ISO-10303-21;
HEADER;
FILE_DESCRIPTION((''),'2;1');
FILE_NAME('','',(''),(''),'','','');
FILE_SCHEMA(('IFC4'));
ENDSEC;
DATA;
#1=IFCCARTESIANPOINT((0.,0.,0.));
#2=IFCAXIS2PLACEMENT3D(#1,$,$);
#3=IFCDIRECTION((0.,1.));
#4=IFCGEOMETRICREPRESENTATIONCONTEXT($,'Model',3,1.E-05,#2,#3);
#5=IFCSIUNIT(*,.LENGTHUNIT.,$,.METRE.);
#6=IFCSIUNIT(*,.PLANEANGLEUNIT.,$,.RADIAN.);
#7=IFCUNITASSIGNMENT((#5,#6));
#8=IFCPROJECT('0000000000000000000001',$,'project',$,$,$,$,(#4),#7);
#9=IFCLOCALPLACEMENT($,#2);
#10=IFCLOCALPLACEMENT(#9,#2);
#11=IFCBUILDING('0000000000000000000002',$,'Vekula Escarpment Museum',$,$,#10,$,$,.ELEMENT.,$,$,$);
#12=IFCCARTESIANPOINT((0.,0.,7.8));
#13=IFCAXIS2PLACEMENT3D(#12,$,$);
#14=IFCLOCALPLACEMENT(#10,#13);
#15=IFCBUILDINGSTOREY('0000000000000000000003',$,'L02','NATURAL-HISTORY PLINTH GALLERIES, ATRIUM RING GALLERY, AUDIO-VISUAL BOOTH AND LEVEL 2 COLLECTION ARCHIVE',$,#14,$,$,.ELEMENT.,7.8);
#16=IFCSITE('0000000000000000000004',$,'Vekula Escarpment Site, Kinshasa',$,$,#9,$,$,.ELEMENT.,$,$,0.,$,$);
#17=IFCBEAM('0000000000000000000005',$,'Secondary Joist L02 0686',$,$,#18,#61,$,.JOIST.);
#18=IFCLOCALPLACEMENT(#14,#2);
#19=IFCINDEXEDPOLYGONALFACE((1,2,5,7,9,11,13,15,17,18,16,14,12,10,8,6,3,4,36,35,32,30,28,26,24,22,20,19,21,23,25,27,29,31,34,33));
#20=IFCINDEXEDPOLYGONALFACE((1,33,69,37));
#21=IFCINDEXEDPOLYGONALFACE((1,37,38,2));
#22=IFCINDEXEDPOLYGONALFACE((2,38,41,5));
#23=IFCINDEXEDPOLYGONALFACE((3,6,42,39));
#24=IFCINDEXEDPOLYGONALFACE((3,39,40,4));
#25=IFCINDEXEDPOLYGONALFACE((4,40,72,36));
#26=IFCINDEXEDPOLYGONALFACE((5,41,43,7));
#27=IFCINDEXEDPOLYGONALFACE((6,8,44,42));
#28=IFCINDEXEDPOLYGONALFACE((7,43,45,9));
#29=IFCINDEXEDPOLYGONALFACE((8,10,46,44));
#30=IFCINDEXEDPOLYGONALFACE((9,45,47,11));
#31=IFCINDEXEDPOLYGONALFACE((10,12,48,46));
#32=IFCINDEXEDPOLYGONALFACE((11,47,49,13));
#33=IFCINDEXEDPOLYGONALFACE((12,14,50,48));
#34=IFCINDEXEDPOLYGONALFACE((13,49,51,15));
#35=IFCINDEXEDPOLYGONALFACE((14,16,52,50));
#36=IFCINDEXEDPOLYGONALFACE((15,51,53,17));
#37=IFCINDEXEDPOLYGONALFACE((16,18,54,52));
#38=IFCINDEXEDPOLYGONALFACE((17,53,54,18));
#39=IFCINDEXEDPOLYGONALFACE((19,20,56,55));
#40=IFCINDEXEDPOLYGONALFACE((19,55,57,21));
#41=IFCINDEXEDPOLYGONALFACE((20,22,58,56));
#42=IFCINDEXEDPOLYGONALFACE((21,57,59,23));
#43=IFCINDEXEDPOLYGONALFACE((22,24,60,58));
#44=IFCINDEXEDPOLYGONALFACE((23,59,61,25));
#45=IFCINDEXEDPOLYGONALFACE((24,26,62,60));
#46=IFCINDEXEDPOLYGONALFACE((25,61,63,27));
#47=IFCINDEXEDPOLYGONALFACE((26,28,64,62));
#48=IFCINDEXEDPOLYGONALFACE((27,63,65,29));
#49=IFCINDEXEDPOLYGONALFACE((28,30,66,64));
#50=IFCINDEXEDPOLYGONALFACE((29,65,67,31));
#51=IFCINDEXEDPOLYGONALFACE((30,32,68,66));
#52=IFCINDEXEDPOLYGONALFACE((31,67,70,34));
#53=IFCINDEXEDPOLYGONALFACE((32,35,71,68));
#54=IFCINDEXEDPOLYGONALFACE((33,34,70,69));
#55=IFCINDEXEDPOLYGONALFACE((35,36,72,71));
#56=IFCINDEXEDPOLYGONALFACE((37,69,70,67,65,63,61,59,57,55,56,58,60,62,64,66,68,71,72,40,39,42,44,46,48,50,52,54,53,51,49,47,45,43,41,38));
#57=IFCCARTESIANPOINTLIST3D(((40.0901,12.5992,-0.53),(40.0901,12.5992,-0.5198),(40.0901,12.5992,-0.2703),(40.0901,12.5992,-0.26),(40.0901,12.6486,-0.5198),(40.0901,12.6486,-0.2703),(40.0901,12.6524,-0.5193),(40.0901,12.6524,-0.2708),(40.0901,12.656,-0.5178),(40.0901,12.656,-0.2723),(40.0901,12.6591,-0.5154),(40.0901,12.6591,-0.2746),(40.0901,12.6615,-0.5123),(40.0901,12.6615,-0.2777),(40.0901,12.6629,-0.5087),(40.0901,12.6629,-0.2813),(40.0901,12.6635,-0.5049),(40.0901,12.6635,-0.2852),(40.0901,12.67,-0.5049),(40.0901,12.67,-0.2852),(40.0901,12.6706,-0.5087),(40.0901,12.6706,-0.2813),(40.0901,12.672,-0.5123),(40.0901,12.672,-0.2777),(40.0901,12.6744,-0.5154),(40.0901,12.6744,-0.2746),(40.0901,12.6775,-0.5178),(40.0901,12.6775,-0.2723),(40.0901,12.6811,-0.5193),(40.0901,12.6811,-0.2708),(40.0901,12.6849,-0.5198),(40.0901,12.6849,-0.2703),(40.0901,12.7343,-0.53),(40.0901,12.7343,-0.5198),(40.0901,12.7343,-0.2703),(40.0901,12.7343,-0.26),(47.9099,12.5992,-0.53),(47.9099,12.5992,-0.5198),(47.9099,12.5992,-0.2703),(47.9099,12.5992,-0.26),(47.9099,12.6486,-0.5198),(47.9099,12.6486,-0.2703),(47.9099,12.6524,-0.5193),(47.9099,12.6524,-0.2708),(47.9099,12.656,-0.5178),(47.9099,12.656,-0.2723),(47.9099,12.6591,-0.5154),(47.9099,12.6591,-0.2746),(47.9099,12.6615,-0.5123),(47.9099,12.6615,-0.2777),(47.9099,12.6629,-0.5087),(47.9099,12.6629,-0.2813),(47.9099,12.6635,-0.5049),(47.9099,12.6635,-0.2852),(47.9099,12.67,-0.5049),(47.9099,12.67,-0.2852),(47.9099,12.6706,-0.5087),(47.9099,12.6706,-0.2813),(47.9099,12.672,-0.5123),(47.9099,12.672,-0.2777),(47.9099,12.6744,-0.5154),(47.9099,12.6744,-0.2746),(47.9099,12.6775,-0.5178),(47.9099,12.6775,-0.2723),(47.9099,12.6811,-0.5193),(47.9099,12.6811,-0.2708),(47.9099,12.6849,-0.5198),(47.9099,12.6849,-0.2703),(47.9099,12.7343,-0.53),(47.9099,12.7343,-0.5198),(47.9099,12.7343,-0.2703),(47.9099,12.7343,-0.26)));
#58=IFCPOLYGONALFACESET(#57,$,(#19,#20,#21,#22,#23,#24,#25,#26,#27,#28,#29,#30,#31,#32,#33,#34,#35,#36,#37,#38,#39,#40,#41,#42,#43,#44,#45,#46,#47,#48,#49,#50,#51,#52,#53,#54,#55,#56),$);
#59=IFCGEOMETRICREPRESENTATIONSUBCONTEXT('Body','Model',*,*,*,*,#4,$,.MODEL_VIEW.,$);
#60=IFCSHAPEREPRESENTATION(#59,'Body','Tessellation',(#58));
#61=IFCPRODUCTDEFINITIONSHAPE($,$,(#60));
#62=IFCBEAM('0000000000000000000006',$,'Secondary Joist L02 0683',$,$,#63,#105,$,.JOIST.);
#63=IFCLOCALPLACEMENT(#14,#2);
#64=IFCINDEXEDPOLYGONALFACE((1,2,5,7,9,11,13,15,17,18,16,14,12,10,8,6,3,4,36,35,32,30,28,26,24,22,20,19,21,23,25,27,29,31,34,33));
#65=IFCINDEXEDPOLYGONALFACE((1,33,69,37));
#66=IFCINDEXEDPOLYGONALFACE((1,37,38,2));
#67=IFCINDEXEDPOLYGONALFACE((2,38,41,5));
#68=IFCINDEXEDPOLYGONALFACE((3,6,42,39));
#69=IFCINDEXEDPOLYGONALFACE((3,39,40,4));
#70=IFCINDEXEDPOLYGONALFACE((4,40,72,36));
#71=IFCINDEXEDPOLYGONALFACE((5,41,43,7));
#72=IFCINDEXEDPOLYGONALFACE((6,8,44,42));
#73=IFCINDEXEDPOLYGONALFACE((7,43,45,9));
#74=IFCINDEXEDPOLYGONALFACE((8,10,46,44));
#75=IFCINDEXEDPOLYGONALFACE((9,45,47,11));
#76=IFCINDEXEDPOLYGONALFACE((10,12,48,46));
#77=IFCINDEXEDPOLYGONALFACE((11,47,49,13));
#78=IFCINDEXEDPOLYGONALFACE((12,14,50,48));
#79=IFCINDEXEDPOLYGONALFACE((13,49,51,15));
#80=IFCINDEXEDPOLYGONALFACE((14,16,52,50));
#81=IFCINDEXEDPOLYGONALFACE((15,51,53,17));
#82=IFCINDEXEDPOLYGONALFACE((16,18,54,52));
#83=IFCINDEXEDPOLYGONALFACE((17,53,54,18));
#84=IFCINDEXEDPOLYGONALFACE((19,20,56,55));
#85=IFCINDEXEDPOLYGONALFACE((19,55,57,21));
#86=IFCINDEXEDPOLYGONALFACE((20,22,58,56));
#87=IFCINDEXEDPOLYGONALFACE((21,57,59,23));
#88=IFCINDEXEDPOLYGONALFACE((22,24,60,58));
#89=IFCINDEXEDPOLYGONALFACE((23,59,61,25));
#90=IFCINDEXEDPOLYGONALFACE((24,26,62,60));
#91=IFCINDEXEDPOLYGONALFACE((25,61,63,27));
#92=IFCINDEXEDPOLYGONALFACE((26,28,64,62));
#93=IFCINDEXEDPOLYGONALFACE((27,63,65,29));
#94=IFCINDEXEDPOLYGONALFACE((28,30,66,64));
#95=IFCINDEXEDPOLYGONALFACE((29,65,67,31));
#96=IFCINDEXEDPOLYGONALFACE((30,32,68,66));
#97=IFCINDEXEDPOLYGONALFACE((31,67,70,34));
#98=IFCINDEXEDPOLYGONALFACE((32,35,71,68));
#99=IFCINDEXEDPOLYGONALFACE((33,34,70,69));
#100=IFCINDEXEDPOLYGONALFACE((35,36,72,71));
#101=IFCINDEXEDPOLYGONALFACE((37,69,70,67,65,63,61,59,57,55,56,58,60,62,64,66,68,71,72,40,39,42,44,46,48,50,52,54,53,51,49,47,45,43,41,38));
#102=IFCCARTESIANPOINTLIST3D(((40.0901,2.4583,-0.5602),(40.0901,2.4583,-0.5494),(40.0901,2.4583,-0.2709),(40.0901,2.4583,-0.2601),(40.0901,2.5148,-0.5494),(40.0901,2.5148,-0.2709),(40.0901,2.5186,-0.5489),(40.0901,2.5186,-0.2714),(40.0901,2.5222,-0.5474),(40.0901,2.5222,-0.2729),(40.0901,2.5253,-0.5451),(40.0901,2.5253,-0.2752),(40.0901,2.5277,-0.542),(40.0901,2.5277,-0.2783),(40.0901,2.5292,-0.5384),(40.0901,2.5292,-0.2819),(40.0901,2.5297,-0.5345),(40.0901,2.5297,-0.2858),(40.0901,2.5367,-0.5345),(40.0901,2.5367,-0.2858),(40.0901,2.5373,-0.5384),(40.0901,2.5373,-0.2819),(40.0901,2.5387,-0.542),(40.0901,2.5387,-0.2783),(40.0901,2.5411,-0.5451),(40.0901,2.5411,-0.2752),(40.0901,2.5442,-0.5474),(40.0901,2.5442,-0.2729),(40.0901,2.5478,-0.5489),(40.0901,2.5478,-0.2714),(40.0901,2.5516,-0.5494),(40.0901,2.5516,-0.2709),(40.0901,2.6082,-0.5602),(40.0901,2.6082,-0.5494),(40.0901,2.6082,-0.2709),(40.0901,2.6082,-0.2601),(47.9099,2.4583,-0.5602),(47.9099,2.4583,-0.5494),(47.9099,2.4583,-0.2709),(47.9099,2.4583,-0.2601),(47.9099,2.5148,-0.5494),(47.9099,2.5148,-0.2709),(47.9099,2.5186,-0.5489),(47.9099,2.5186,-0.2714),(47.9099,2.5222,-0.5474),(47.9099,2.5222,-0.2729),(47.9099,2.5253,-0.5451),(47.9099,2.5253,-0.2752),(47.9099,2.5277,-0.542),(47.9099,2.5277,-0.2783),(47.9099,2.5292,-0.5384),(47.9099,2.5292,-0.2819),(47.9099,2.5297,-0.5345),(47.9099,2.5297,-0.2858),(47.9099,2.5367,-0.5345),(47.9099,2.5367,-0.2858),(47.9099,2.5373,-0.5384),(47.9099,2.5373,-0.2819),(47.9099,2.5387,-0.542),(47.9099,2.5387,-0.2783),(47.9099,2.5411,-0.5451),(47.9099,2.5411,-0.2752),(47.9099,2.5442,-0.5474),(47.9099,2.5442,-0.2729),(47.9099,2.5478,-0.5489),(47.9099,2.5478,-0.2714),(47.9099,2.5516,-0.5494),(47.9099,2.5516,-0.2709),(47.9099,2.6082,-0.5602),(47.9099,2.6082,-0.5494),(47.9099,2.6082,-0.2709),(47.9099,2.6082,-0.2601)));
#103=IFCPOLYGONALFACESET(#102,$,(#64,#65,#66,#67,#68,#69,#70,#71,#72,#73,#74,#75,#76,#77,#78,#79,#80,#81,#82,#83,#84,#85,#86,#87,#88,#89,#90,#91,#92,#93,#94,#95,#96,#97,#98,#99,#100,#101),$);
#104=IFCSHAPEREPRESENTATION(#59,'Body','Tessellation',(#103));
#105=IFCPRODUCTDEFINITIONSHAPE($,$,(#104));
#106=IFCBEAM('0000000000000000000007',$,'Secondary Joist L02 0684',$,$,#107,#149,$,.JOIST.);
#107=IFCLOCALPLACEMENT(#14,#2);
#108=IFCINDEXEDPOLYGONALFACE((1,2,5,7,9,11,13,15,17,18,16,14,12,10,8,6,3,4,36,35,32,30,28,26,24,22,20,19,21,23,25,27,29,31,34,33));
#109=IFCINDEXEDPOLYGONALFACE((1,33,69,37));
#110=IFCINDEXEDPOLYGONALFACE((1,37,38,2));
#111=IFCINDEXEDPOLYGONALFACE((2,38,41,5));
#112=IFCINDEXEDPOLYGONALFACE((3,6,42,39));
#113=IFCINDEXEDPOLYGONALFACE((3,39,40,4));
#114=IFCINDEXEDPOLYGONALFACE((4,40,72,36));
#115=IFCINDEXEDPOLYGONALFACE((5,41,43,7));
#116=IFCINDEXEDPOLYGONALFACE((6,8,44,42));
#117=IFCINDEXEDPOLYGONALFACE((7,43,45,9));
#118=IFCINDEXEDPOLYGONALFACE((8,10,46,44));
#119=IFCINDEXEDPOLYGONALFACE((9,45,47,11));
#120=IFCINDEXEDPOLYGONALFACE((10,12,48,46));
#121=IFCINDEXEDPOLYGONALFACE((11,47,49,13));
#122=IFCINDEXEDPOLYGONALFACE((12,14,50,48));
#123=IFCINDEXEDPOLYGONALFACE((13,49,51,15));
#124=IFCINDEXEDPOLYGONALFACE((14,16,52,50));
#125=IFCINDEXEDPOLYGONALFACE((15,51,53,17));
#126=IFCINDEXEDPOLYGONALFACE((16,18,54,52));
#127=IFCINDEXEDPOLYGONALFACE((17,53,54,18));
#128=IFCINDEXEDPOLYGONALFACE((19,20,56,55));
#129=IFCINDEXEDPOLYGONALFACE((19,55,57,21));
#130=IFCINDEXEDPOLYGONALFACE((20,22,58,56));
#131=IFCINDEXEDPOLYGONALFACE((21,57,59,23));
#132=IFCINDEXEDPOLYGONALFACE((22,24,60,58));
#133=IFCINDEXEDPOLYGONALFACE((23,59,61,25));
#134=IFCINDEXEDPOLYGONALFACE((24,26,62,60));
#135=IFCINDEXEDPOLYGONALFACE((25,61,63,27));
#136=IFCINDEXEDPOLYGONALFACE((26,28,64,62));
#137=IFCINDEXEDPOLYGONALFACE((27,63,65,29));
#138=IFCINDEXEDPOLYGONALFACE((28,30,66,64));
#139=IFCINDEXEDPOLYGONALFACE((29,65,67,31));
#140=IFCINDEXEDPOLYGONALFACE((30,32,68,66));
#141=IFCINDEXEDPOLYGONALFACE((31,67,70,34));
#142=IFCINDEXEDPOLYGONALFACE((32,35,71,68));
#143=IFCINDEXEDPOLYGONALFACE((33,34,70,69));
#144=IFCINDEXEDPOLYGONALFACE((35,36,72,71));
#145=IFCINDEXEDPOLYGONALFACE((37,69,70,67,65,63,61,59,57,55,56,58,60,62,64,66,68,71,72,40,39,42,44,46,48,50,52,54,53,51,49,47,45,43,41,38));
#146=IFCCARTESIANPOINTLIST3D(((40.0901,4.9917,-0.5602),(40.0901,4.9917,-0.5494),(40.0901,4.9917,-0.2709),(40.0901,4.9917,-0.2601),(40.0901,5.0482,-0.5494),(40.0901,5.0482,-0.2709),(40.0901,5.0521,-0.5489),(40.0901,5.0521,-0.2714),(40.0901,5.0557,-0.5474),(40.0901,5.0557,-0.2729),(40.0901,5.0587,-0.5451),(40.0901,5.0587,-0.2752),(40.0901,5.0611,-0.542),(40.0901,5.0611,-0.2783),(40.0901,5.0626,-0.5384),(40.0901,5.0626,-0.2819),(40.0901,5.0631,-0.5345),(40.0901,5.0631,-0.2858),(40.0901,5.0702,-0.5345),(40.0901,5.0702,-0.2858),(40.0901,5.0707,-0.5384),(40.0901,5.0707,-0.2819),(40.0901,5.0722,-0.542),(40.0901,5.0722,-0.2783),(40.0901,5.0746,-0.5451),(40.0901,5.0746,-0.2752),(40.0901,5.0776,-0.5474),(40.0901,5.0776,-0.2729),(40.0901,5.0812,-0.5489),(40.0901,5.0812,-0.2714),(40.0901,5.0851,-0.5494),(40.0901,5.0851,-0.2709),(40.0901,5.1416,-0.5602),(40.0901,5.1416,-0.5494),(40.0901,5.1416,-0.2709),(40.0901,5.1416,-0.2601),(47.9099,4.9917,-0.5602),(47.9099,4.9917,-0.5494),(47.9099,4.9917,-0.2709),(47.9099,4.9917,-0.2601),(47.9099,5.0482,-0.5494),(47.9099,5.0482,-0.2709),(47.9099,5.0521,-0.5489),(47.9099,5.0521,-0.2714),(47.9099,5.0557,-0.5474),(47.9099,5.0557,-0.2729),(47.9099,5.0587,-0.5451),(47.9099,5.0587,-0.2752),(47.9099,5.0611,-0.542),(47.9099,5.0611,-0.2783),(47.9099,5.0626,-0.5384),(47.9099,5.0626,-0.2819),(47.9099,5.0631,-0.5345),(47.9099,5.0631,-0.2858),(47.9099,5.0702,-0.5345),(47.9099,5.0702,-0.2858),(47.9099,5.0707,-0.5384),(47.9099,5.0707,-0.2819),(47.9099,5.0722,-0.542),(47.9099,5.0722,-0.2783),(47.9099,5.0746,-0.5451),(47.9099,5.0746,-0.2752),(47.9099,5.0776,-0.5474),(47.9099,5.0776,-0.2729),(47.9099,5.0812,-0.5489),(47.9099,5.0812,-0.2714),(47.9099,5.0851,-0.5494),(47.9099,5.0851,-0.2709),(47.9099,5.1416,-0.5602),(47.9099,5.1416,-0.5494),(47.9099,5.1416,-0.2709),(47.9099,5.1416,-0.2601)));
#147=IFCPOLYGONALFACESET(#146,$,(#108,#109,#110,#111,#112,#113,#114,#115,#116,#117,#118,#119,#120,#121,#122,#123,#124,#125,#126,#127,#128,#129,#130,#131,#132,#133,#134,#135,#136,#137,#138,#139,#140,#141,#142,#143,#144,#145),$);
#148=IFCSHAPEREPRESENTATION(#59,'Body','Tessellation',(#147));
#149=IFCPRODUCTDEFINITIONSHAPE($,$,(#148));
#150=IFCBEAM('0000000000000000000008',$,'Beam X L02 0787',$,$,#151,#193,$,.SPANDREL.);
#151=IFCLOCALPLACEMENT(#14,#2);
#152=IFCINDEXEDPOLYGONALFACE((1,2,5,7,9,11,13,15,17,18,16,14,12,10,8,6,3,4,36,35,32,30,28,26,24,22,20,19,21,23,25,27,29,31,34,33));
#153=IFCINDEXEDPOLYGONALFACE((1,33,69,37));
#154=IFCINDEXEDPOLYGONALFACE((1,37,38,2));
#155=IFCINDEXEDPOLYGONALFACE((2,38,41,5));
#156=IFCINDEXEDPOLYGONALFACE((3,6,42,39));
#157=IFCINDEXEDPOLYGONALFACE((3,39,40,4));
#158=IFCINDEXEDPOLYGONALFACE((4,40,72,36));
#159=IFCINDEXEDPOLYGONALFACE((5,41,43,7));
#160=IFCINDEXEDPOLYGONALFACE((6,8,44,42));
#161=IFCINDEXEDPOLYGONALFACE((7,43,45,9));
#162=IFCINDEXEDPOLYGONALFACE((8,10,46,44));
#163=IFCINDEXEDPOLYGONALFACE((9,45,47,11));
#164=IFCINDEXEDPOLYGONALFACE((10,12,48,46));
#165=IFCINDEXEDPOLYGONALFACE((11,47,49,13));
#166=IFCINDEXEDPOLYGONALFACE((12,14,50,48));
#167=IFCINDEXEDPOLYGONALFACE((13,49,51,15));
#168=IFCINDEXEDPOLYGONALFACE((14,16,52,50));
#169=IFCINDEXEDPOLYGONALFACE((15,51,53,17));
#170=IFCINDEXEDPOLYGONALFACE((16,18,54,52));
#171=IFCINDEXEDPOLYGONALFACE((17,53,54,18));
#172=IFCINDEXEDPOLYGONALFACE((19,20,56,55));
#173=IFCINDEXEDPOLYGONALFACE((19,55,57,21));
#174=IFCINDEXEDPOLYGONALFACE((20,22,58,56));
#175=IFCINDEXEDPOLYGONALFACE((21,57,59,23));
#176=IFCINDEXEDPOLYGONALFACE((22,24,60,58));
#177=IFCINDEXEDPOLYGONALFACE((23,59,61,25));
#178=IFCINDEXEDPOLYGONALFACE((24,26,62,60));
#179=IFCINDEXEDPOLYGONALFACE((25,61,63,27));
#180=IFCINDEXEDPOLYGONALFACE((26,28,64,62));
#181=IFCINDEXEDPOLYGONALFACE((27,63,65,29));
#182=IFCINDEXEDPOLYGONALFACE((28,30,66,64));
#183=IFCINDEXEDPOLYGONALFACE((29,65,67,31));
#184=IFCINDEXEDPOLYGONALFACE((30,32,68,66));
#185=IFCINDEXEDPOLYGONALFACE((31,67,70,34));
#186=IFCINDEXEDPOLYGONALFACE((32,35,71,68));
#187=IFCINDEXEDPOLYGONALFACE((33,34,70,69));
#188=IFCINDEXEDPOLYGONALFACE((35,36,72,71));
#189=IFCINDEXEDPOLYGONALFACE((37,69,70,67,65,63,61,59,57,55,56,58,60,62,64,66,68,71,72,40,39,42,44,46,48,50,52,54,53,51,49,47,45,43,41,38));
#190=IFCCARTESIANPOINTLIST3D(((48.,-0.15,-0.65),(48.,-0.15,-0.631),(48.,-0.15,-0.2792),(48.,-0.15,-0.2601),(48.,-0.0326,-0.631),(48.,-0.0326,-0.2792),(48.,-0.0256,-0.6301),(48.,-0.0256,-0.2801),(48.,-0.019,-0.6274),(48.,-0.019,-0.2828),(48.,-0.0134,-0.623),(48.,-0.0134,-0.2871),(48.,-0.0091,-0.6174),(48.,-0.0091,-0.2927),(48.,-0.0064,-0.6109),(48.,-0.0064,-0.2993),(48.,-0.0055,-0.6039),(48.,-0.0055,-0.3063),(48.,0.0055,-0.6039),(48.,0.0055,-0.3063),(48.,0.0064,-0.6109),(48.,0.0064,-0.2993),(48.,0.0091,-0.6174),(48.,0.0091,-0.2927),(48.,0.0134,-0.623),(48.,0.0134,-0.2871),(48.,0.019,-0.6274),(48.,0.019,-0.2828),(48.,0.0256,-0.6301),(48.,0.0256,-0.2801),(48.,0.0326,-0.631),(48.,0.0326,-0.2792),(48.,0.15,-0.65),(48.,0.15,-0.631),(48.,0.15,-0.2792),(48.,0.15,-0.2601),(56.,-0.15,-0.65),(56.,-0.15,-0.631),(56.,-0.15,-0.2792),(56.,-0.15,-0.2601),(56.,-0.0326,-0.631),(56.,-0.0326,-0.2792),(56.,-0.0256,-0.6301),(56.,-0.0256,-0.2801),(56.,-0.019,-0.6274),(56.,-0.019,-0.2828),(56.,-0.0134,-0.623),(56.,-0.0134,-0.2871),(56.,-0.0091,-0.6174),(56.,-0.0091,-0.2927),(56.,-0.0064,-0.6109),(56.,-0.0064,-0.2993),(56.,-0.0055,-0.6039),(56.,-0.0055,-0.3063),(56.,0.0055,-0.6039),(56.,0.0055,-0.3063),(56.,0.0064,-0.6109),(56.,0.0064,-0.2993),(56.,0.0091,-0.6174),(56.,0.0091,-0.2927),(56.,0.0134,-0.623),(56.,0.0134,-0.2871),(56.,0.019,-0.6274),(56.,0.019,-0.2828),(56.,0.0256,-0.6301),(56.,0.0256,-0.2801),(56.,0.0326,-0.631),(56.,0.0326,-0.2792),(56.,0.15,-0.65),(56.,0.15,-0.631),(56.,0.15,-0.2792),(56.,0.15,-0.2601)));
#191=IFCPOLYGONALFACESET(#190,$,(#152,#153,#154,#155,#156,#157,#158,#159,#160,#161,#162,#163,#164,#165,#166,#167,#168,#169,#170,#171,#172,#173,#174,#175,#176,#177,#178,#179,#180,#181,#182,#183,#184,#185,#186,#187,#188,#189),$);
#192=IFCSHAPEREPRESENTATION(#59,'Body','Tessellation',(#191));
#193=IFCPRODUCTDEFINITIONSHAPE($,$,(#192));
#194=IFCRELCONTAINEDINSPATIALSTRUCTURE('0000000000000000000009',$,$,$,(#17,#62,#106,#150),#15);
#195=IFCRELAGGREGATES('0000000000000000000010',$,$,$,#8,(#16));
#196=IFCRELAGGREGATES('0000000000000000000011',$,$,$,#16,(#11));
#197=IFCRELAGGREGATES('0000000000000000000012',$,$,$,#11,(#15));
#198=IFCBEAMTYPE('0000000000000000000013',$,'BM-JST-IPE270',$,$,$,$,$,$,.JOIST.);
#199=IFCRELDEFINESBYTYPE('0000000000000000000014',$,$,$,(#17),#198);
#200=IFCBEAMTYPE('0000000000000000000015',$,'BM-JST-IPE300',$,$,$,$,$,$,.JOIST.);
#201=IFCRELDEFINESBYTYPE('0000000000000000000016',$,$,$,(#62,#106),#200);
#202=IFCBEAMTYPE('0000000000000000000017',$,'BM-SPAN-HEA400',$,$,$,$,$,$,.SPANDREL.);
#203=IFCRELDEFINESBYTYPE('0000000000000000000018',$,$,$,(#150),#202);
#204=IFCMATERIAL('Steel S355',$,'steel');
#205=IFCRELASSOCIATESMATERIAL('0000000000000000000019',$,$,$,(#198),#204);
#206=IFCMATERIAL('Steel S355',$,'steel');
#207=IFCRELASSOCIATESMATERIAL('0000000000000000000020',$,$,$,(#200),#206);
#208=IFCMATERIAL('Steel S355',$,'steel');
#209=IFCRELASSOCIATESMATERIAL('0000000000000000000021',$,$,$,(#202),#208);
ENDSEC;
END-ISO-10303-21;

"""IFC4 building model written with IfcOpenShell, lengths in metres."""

from ifc_helpers import new_model, si_unit, direction, frame, origin, origin_2d, place, context, subcontext, project, spatial, i_section, extrude, material, material_profile, profile_set, type_object, element, save


model = new_model("IFC4")

# Units and contexts
model_context = context("Model", 3, precision=1e-05, world=origin(), true_north=direction((0.0, 1.0)))
body_context = subcontext(model_context, "Body", "Model", "MODEL_VIEW")
ifc_project = project(units=[si_unit("LENGTHUNIT", "METRE"), si_unit("PLANEANGLEUNIT", "RADIAN")], contexts=[model_context])

# Site, building, storey
site_placement = place(None, origin())
site = spatial("IfcSite", under=ifc_project, at=site_placement, Name="Vekula Escarpment Site, Kinshasa", CompositionType="ELEMENT", RefElevation=0.0)
building_placement = place(site_placement, origin())
building = spatial("IfcBuilding", under=site, at=building_placement, Name="Vekula Escarpment Museum", CompositionType="ELEMENT")
storey_placement = place(building_placement, frame((0.0, 0.0, 7.8)))
storey = spatial("IfcBuildingStorey", under=building, at=storey_placement, Name="L02", Description="NATURAL-HISTORY PLINTH GALLERIES, ATRIUM RING GALLERY, AUDIO-VISUAL BOOTH AND LEVEL 2 COLLECTION ARCHIVE", CompositionType="ELEMENT", Elevation=7.8)

# Beams
ifc_material_1 = material(Name="Steel S355", Category="steel")
ifc_material_profile_1 = material_profile(ifc_material_1, i_section(OverallWidth=0.135, OverallDepth=0.27, WebThickness=0.0066, FlangeThickness=0.0103, FilletRadius=0.0149, at=origin_2d()), Name="IPE 270")
ifc_profile_set_1 = profile_set([ifc_material_profile_1], Name="Steel S355")
beam_type_1 = type_object("IfcBeamType", Name="BM-JST-IPE270", PredefinedType="JOIST", material=ifc_profile_set_1)
for number, where, z_axis, x_axis, name in (
    (1, (40.0901, 12.6667, -0.395), (1.0, 0.0, 0.0), (0.0, 1.0, 0.0), "Secondary Joist L02 0686"),
):
    element("IfcBeam", number, at=place(storey_placement, frame(where, z_axis=z_axis, x_axis=x_axis)), inside=storey, type_object=beam_type_1, Name=name, PredefinedType="JOIST", context=body_context, shape_type="SweptSolid", body=[
        extrude(i_section(OverallWidth=0.135, OverallDepth=0.27, WebThickness=0.0066, FlangeThickness=0.0103, FilletRadius=0.0149, at=origin_2d()), origin(), (0.0, 0.0, 1.0), 7.8198),
    ])
ifc_material_2 = material(Name="Steel S355", Category="steel")
ifc_material_profile_2 = material_profile(ifc_material_2, i_section(OverallWidth=0.1499, OverallDepth=0.3, WebThickness=0.0071, FlangeThickness=0.0107, FilletRadius=0.0149, at=origin_2d()), Name="IPE 300")
ifc_profile_set_2 = profile_set([ifc_material_profile_2], Name="Steel S355")
beam_type_2 = type_object("IfcBeamType", Name="BM-JST-IPE300", PredefinedType="JOIST", material=ifc_profile_set_2)
for number, where, z_axis, x_axis, name in (
    (2, (40.0901, 2.5332, -0.4102), (1.0, 0.0, 0.0), (0.0, 1.0, 0.0), "Secondary Joist L02 0683"),
    (3, (40.0901, 5.0667, -0.4102), (1.0, 0.0, 0.0), (0.0, 1.0, 0.0), "Secondary Joist L02 0684"),
):
    element("IfcBeam", number, at=place(storey_placement, frame(where, z_axis=z_axis, x_axis=x_axis)), inside=storey, type_object=beam_type_2, Name=name, PredefinedType="JOIST", context=body_context, shape_type="SweptSolid", body=[
        extrude(i_section(OverallWidth=0.1499, OverallDepth=0.3, WebThickness=0.0071, FlangeThickness=0.0107, FilletRadius=0.0149, at=origin_2d()), origin(), (0.0, 0.0, 1.0), 7.8198),
    ])
ifc_material_3 = material(Name="Steel S355", Category="steel")
ifc_material_profile_3 = material_profile(ifc_material_3, i_section(OverallWidth=0.3, OverallDepth=0.3899, WebThickness=0.011, FlangeThickness=0.019, FilletRadius=0.0271, at=origin_2d()), Name="HEA 400")
ifc_profile_set_3 = profile_set([ifc_material_profile_3], Name="Steel S355")
beam_type_3 = type_object("IfcBeamType", Name="BM-SPAN-HEA400", PredefinedType="SPANDREL", material=ifc_profile_set_3)
beam_1_placement = place(storey_placement, frame((48.0, 0.0, -0.4551), z_axis=(1.0, 0.0, 0.0), x_axis=(0.0, 1.0, 0.0)))
element("IfcBeam", 4, at=beam_1_placement, inside=storey, type_object=beam_type_3, Name="Beam X L02 0787", PredefinedType="SPANDREL", context=body_context, shape_type="SweptSolid", body=[
    extrude(i_section(OverallWidth=0.3, OverallDepth=0.3899, WebThickness=0.011, FlangeThickness=0.019, FilletRadius=0.0271, at=origin_2d()), origin(), (0.0, 0.0, 1.0), 8.0),
])

save(model, "model.ifc")
